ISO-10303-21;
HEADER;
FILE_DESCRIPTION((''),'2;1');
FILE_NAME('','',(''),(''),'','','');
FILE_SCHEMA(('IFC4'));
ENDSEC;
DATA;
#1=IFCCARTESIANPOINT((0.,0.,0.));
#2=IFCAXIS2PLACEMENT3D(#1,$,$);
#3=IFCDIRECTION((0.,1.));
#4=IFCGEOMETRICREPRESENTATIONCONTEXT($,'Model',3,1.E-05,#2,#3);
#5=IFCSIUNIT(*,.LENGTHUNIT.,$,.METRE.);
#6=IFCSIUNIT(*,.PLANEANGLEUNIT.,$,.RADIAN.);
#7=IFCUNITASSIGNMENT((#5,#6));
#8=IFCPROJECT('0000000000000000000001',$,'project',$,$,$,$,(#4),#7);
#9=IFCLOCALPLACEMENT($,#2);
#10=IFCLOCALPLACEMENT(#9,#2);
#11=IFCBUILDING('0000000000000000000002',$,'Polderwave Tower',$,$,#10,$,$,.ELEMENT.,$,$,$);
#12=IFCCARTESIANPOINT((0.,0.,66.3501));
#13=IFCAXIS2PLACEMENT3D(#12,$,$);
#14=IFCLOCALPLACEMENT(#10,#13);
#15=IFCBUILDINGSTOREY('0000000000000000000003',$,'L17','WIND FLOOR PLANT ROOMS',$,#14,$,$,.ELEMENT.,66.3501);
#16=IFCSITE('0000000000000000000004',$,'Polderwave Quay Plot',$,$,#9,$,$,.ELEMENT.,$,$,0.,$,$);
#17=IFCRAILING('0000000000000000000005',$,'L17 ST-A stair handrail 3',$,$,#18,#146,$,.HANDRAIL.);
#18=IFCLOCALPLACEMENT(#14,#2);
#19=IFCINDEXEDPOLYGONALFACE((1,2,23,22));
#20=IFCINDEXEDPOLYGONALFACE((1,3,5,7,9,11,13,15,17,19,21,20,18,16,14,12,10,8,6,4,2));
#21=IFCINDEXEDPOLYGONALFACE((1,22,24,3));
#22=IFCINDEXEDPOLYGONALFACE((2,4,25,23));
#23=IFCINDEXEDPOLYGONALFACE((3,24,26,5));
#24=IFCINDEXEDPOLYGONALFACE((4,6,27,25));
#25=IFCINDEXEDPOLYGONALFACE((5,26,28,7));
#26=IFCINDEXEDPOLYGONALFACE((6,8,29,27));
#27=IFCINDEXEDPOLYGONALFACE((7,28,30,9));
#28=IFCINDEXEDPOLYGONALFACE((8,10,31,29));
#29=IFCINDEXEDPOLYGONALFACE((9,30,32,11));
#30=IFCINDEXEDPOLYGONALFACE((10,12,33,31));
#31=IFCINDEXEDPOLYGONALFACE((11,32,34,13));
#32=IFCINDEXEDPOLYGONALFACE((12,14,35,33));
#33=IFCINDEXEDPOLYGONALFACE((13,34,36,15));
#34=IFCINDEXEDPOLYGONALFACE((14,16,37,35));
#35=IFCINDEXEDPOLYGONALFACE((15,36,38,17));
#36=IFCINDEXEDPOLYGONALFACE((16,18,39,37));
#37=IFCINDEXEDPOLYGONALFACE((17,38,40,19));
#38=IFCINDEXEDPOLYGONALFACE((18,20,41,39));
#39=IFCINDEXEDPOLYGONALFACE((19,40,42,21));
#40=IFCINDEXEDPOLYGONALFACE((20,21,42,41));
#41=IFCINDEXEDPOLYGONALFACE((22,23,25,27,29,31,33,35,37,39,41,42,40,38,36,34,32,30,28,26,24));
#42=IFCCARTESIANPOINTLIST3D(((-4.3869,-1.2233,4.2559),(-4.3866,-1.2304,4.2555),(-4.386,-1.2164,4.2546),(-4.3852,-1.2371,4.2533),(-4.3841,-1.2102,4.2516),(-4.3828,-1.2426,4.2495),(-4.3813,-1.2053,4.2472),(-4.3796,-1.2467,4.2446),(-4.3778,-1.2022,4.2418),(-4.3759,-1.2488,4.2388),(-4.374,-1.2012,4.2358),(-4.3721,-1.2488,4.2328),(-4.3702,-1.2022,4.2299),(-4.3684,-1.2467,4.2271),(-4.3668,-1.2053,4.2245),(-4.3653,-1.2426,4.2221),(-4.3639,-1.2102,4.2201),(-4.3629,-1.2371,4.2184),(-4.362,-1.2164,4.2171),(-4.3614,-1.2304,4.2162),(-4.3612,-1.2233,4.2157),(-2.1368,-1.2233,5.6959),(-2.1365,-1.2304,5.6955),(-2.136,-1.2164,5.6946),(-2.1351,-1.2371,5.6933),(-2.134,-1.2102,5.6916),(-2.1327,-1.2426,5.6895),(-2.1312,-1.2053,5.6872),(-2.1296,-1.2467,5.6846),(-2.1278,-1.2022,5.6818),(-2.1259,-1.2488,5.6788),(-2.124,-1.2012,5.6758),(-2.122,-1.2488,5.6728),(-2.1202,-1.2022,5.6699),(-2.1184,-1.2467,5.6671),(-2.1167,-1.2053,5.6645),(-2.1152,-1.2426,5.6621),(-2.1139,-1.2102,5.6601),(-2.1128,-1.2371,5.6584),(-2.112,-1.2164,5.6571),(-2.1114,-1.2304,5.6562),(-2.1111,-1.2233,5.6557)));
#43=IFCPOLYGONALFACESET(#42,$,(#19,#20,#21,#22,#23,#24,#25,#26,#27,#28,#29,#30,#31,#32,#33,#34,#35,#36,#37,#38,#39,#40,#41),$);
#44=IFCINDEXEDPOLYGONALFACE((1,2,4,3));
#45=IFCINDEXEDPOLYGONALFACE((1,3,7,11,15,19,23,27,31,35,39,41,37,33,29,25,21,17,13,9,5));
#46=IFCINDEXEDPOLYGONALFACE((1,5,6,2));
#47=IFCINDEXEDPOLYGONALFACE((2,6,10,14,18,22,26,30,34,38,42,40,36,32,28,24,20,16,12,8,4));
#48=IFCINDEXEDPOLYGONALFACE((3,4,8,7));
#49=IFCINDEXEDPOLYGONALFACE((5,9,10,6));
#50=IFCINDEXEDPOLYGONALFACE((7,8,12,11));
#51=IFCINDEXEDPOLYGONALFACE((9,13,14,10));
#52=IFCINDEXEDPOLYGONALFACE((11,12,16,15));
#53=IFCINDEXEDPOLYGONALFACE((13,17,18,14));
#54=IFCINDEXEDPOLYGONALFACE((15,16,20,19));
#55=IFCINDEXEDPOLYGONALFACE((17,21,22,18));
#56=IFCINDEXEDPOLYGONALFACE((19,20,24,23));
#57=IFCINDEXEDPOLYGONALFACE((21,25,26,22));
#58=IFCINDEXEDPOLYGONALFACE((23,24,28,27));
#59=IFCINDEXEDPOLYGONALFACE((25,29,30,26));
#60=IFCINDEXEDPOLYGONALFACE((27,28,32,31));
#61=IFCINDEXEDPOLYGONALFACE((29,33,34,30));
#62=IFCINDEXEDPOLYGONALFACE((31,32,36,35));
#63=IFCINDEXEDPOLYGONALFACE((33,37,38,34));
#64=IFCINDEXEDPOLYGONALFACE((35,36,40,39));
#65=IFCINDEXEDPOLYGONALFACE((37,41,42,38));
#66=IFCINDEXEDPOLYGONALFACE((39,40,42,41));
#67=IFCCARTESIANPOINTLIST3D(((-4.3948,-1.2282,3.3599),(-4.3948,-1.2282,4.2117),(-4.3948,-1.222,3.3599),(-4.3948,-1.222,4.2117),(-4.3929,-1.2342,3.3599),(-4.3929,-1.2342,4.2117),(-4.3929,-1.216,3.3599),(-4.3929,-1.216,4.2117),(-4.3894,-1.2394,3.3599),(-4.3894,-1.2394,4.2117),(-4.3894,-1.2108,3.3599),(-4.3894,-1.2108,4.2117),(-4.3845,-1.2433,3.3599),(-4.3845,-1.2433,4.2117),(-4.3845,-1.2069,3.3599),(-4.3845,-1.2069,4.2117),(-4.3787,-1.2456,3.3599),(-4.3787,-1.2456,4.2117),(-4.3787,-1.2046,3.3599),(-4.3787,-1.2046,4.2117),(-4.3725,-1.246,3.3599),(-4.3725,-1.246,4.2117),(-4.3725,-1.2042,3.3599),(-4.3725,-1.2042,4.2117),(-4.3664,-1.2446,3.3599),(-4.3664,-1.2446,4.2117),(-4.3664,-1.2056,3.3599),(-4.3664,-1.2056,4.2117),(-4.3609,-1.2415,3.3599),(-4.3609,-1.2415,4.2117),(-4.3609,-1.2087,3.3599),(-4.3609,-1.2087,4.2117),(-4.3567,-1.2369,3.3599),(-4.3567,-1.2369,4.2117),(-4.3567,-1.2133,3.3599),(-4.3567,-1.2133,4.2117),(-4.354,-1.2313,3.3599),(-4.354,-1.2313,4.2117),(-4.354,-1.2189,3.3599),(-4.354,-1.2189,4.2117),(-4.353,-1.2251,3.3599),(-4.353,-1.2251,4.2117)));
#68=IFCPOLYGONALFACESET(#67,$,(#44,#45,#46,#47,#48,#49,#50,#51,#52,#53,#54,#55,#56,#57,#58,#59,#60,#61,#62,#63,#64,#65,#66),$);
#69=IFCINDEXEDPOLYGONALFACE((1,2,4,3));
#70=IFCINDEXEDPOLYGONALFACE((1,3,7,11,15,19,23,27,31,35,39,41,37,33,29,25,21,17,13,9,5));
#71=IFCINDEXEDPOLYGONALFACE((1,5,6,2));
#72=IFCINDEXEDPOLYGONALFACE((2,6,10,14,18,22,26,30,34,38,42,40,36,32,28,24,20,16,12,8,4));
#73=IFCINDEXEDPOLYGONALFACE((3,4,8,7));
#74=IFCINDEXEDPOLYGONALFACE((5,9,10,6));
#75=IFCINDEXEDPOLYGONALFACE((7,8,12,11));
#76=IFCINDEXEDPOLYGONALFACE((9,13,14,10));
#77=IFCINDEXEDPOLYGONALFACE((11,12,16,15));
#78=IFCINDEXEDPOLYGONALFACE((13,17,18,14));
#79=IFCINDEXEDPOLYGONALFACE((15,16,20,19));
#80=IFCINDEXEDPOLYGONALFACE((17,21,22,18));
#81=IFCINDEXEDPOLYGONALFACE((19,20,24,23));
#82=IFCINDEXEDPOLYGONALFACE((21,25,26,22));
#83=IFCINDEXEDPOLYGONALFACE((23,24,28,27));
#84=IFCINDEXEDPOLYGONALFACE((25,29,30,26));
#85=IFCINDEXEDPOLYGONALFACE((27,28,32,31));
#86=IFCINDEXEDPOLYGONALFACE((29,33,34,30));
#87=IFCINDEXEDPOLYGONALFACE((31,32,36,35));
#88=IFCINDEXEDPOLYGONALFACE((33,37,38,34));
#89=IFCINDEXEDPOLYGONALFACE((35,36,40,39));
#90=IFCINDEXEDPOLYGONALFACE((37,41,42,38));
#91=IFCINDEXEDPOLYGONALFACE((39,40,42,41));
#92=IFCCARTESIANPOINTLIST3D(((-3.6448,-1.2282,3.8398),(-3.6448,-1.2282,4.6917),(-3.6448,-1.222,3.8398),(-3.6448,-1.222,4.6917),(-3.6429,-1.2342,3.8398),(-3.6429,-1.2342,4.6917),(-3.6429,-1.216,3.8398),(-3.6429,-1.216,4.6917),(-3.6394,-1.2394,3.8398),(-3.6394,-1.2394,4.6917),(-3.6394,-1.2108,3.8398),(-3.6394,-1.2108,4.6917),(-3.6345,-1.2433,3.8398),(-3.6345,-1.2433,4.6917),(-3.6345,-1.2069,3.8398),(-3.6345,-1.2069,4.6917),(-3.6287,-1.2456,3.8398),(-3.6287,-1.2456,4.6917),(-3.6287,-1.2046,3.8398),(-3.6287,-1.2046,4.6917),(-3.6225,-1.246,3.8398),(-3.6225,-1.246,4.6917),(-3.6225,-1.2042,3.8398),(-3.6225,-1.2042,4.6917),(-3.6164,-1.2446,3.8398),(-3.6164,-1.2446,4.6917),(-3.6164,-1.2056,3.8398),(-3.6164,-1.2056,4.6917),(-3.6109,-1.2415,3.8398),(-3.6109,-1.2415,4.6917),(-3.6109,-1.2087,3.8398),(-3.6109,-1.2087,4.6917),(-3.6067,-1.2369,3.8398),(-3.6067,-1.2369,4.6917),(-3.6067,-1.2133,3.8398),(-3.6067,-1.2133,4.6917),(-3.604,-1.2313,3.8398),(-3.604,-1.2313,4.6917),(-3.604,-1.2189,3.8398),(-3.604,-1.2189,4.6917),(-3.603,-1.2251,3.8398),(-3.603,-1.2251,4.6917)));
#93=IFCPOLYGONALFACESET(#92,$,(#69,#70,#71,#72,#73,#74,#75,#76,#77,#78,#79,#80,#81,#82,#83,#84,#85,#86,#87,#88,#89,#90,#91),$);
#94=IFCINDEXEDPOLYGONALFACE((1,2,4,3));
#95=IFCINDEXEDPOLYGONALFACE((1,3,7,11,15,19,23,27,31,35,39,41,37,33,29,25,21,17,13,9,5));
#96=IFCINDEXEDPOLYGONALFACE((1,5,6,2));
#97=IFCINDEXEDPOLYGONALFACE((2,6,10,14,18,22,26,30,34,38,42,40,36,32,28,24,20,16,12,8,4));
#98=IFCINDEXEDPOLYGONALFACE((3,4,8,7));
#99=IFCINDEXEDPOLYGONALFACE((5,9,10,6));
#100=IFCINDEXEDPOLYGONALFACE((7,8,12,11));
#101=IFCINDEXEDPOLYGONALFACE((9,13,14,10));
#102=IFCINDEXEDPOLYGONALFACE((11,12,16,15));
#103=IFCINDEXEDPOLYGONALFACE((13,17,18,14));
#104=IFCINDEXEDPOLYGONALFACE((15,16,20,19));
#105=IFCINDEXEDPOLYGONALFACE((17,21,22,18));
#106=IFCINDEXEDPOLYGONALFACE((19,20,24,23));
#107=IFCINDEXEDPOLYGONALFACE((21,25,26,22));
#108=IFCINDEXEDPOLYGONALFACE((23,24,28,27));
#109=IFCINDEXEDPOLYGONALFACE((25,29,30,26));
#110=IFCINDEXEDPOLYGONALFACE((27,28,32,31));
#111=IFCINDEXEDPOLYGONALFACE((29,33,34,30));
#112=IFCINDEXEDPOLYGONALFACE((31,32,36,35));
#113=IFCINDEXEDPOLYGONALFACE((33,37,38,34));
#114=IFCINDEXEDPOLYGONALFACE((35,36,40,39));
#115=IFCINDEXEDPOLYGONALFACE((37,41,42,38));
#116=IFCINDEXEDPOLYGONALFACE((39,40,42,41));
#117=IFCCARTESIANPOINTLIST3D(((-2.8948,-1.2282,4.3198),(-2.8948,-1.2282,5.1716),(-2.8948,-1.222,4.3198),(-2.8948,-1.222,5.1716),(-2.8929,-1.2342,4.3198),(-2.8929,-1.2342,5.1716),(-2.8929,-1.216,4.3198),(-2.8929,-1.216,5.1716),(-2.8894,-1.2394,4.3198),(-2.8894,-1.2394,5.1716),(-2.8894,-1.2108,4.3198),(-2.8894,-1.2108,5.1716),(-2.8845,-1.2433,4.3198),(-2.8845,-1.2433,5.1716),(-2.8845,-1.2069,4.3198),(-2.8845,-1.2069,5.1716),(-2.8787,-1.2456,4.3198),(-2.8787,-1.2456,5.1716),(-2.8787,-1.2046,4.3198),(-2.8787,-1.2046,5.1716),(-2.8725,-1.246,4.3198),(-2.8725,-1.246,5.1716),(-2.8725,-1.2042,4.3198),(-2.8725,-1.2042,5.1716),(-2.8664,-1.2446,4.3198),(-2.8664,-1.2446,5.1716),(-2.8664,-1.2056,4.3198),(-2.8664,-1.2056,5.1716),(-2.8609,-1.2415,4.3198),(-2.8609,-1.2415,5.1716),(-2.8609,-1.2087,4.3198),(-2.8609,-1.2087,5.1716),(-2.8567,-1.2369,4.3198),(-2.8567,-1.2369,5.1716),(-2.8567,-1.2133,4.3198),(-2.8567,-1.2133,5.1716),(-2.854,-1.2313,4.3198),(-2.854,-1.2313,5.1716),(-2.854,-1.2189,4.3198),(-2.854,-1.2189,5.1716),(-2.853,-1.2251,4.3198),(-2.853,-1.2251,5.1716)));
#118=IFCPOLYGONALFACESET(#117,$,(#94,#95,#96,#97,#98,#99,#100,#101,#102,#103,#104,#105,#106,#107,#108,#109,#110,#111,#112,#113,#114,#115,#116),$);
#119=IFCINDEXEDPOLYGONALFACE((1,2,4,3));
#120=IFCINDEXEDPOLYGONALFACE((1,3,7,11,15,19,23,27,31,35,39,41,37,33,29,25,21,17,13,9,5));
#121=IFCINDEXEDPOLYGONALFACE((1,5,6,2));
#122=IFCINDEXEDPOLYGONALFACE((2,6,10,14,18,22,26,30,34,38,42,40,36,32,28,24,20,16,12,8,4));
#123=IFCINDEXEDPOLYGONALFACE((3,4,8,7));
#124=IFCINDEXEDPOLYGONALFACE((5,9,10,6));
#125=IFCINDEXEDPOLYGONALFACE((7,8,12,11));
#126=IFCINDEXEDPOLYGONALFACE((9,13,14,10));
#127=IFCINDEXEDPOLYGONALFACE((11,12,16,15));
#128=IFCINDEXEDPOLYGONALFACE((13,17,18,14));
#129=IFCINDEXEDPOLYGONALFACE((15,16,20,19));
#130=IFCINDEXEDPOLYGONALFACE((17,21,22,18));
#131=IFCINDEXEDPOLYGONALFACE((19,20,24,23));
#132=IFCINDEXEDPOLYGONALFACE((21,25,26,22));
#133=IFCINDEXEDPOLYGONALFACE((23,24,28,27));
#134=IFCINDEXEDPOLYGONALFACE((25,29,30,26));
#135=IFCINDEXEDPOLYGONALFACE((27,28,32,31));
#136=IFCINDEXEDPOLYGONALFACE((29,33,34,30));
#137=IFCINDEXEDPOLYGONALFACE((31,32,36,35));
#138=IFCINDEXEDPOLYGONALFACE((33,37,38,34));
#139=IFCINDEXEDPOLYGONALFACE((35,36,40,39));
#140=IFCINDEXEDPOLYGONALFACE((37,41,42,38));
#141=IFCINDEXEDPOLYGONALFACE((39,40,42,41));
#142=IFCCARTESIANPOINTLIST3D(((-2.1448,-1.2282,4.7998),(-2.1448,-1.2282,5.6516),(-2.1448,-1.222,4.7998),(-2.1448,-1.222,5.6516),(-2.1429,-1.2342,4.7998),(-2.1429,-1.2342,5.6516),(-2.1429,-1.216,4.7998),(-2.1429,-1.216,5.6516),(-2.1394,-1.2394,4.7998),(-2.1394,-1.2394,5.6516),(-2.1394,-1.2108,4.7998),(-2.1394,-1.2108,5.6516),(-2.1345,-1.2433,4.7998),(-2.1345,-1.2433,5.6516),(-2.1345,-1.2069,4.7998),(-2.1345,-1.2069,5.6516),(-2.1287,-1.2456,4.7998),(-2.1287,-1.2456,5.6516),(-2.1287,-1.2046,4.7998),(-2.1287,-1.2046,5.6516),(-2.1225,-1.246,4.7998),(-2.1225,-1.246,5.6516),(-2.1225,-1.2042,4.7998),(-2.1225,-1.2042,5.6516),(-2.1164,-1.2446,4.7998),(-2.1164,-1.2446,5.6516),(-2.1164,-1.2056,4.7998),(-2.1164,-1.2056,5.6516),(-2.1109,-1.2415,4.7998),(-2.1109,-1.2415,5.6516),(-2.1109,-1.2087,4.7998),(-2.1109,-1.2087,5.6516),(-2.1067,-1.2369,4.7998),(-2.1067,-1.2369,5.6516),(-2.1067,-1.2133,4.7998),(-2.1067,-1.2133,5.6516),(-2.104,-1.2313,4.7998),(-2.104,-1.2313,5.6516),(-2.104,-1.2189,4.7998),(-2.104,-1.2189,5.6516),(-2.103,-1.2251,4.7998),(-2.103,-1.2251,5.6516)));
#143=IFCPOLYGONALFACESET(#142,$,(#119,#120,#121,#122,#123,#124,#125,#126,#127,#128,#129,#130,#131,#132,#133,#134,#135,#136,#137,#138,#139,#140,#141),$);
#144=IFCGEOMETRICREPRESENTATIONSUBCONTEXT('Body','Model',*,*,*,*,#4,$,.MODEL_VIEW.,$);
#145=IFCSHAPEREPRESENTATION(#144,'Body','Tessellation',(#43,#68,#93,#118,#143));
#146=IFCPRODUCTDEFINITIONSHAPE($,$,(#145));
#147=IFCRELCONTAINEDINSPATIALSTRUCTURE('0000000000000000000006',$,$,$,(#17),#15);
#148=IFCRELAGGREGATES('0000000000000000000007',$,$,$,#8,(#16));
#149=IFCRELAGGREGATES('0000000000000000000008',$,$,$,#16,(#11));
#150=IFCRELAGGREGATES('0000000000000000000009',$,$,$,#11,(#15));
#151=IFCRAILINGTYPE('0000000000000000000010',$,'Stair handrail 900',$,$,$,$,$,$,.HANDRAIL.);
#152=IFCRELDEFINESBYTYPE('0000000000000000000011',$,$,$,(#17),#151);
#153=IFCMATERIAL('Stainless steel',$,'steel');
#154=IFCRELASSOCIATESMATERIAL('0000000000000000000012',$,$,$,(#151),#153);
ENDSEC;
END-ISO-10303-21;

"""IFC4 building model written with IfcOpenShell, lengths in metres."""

from ifc_helpers import new_model, si_unit, direction, frame, origin, origin_2d, place, context, subcontext, project, spatial, circle, extrude, material, type_object, element, save


model = new_model("IFC4")

# Units and contexts
model_context = context("Model", 3, precision=1e-05, world=origin(), true_north=direction((0.0, 1.0)))
body_context = subcontext(model_context, "Body", "Model", "MODEL_VIEW")
ifc_project = project(units=[si_unit("LENGTHUNIT", "METRE"), si_unit("PLANEANGLEUNIT", "RADIAN")], contexts=[model_context])

# Site, building, storey
site_placement = place(None, origin())
site = spatial("IfcSite", under=ifc_project, at=site_placement, Name="Polderwave Quay Plot", CompositionType="ELEMENT", RefElevation=0.0)
building_placement = place(site_placement, origin())
building = spatial("IfcBuilding", under=site, at=building_placement, Name="Polderwave Tower", CompositionType="ELEMENT")
storey_placement = place(building_placement, frame((0.0, 0.0, 66.3501)))
storey = spatial("IfcBuildingStorey", under=building, at=storey_placement, Name="L17", Description="WIND FLOOR PLANT ROOMS", CompositionType="ELEMENT", Elevation=66.3501)

# Railing
ifc_material_1 = material(Name="Stainless steel", Category="steel")
railing_type_1 = type_object("IfcRailingType", Name="Stair handrail 900", PredefinedType="HANDRAIL", material=ifc_material_1)
for number, where, name in (
    (1, (-4.374, -1.2251, 3.3599), "L17 ST-A stair handrail 3"),
):
    element("IfcRailing", number, at=place(storey_placement, frame(where)), inside=storey, type_object=railing_type_1, Name=name, PredefinedType="HANDRAIL", context=body_context, shape_type="SweptSolid", body=[
        extrude(circle(Radius=0.0239, at=origin_2d()), frame((0.0, 0.0, 0.876), z_axis=(0.842281, 0.0, 0.539038), x_axis=(0.0, 1.0, 0.0)), (0.0, 0.0, 1.0), 2.6714),
        extrude(circle(Radius=0.021, at=origin_2d()), origin(), (0.0, 0.0, 1.0), 0.8518),
        extrude(circle(Radius=0.021, at=origin_2d()), frame((0.75, 0.0, 0.48)), (0.0, 0.0, 1.0), 0.8518),
        extrude(circle(Radius=0.021, at=origin_2d()), frame((1.5, 0.0, 0.96)), (0.0, 0.0, 1.0), 0.8518),
        extrude(circle(Radius=0.021, at=origin_2d()), frame((2.25, 0.0, 1.4399)), (0.0, 0.0, 1.0), 0.8518),
    ])

save(model, "model.ifc")
